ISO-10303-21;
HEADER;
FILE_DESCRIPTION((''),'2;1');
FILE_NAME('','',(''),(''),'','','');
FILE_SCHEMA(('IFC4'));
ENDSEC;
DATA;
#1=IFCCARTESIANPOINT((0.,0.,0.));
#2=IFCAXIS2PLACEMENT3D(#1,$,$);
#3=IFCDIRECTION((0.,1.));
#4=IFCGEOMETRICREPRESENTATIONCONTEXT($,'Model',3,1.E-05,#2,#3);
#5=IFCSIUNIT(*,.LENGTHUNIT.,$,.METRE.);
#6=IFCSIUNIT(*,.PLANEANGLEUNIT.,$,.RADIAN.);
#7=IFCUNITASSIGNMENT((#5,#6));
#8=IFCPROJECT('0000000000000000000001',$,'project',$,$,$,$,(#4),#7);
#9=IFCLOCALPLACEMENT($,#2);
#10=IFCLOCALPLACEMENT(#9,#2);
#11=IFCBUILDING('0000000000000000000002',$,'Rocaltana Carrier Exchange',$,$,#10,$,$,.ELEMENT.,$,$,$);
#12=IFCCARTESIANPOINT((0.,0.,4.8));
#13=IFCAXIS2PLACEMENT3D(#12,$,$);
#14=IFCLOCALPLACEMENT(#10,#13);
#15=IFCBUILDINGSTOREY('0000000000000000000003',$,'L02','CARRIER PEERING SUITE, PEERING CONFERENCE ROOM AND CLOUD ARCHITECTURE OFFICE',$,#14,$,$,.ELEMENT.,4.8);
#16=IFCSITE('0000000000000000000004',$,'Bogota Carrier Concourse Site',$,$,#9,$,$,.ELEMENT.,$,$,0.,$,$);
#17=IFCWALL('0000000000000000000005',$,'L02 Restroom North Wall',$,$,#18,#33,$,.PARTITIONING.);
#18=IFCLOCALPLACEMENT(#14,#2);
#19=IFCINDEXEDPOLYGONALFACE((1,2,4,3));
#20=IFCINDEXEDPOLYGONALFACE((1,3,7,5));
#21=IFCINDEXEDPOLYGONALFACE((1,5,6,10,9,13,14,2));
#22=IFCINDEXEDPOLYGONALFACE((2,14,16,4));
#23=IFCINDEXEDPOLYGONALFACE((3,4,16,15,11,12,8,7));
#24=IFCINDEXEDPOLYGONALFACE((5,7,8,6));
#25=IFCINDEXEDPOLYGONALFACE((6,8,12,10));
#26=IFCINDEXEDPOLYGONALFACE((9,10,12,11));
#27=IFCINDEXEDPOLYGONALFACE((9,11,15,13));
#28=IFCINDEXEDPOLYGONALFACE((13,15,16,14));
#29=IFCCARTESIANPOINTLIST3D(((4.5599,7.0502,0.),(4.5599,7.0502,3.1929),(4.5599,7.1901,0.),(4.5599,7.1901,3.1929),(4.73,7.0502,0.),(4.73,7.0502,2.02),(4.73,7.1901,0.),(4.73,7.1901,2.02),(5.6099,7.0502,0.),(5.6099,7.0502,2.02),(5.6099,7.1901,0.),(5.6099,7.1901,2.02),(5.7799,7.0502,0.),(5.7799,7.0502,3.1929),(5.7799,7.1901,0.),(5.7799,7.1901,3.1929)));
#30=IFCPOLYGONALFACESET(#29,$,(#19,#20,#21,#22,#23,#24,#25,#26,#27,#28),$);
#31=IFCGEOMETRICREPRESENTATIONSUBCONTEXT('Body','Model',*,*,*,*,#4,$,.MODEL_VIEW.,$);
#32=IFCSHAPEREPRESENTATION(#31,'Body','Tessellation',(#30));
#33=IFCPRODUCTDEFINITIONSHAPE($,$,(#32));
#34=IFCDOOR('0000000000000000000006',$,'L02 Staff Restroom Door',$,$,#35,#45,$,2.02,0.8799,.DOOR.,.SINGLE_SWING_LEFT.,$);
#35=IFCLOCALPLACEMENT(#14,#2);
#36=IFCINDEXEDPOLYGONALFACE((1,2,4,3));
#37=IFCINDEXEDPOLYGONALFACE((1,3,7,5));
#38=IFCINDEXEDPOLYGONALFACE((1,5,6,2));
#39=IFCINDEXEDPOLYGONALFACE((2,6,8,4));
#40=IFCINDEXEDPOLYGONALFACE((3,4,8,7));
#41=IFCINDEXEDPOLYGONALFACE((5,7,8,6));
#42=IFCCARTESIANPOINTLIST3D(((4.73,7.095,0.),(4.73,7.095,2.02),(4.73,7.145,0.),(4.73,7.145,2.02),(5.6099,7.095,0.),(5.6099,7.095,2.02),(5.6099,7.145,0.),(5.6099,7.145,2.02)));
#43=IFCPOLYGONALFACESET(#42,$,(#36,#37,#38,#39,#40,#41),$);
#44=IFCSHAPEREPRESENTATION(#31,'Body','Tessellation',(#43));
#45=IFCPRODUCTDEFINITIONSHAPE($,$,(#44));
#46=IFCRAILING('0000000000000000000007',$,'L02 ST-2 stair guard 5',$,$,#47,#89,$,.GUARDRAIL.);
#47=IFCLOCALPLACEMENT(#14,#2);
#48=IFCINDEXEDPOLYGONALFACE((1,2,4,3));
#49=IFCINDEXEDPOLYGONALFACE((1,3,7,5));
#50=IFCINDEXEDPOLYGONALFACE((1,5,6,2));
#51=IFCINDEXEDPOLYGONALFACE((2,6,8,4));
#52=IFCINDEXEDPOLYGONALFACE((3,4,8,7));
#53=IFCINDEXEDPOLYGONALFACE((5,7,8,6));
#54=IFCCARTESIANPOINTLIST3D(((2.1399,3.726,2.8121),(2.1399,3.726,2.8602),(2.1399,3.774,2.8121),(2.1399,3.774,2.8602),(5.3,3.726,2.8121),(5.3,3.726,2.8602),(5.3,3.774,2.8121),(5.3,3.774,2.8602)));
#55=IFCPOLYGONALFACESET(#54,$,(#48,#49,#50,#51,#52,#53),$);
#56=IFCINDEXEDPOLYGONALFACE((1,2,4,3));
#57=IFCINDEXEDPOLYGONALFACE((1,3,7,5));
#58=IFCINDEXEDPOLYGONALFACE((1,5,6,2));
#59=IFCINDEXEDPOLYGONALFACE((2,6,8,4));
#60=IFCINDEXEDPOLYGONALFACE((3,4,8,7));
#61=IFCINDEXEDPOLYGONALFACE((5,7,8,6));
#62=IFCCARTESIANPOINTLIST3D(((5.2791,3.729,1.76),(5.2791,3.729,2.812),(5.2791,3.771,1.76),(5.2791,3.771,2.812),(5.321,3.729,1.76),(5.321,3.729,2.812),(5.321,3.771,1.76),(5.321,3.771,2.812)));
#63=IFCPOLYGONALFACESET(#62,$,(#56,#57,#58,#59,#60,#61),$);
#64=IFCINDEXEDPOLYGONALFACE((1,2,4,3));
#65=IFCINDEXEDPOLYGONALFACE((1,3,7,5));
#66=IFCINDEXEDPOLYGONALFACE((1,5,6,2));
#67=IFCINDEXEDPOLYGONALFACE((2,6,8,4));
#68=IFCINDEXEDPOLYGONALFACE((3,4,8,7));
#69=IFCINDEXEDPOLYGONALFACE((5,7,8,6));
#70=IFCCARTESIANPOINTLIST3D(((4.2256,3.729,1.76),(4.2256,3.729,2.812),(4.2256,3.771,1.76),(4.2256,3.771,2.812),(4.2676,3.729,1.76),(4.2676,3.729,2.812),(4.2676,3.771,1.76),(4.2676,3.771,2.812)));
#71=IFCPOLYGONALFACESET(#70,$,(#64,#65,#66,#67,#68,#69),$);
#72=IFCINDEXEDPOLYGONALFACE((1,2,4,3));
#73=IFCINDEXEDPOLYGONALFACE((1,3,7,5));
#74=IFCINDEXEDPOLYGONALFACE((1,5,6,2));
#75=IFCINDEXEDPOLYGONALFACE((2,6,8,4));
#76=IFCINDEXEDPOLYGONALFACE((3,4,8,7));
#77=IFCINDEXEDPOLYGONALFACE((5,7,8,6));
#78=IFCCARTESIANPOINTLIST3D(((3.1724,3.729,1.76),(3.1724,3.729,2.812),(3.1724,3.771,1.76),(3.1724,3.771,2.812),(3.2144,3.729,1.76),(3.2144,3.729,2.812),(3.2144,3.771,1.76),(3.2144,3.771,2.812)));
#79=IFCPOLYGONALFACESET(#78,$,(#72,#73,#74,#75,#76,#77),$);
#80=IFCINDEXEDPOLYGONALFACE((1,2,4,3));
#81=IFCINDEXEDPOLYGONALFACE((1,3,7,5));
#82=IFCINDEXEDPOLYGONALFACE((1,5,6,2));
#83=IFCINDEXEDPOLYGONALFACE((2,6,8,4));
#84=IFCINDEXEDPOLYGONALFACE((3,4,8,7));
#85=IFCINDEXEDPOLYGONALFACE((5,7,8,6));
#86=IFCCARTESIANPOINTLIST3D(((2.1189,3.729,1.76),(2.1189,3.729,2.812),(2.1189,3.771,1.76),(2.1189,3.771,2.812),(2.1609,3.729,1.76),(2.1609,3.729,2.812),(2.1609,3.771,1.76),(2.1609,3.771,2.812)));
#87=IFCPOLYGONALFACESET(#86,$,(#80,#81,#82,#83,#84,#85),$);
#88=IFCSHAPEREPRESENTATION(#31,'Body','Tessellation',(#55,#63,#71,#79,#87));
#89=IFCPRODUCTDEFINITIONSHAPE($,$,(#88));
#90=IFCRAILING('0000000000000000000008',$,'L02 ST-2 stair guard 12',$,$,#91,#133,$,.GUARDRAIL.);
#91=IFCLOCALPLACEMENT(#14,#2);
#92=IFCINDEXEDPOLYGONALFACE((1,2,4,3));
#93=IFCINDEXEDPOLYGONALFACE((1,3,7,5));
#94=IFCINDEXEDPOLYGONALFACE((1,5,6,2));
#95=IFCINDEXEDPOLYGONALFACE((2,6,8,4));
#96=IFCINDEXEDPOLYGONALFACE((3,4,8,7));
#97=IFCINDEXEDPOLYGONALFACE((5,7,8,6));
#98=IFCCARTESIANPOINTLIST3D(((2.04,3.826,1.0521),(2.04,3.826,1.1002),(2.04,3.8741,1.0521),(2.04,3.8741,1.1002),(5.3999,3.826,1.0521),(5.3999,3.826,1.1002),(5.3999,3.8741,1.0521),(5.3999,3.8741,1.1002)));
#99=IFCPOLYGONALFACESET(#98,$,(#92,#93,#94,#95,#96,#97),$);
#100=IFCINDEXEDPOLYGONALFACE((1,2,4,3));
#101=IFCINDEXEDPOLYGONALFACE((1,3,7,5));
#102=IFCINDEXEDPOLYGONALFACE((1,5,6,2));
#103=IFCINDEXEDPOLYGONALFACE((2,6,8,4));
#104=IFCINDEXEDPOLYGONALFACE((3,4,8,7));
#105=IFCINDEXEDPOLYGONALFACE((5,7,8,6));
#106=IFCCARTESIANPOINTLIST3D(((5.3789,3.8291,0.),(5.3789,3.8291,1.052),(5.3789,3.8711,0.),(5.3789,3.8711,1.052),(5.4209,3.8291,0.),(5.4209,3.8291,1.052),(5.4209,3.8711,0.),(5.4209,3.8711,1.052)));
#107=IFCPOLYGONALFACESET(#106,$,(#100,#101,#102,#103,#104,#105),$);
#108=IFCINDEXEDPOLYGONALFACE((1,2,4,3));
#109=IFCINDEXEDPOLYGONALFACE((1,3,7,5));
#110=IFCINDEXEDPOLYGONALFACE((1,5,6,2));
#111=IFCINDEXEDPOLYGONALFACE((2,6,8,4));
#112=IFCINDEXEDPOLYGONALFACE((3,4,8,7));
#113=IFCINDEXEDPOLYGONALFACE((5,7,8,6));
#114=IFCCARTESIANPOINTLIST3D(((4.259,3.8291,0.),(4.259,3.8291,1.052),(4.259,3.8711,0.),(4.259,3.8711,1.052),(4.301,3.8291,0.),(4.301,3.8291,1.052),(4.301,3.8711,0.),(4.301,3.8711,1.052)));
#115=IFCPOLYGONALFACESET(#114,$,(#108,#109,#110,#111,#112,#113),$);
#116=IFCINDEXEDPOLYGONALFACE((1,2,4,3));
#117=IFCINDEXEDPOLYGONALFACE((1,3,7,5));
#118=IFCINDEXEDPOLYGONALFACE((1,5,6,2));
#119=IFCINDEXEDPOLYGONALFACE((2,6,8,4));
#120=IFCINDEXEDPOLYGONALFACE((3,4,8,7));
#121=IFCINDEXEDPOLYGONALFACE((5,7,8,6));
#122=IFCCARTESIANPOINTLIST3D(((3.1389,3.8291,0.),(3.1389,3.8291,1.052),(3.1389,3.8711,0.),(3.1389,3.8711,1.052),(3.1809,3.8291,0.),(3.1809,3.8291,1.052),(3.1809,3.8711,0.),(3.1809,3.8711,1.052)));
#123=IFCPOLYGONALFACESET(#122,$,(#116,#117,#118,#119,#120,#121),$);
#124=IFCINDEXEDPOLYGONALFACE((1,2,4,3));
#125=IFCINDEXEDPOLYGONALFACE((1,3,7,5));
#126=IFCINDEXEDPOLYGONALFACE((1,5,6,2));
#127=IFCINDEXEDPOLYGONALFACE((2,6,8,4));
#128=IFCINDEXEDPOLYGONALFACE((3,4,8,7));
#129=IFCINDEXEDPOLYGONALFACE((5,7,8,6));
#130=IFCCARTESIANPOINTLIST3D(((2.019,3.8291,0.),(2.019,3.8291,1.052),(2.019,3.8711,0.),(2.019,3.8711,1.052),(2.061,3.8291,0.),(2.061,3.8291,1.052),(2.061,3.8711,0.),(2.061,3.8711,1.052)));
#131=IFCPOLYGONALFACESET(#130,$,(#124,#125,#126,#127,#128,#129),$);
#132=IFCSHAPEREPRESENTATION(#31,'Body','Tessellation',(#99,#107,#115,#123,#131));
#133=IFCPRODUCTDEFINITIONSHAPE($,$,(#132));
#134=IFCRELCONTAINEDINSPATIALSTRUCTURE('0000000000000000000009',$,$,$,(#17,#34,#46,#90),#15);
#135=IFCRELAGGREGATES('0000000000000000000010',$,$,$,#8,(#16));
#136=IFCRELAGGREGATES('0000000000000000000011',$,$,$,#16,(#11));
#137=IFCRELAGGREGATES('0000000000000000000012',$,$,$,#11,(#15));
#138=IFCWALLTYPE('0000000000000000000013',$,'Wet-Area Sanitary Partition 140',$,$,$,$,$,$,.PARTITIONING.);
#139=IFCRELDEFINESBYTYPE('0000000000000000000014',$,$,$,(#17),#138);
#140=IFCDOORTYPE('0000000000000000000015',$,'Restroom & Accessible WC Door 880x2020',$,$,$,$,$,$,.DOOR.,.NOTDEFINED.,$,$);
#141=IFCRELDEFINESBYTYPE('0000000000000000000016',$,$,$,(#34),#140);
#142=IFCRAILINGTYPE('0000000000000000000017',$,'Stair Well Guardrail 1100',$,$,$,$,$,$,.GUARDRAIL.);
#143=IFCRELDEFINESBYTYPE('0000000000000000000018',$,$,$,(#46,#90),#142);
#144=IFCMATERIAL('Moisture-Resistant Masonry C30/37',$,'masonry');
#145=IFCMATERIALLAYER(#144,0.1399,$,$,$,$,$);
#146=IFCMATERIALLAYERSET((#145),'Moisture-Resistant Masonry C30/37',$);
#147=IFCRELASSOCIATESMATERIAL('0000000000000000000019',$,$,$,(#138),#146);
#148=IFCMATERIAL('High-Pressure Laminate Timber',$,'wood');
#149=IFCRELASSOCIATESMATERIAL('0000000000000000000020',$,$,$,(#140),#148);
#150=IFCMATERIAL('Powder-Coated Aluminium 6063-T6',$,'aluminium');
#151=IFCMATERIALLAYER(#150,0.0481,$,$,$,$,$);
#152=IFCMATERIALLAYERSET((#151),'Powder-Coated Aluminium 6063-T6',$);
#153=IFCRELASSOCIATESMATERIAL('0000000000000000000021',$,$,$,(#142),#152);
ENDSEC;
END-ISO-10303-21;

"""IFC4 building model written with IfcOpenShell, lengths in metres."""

from ifc_helpers import new_model, si_unit, direction, frame, frame_2d, origin, origin_2d, place, context, subcontext, project, spatial, rectangle, extrude, material, layer, layer_set, type_object, element, fill, save


model = new_model("IFC4")

# Units and contexts
model_context = context("Model", 3, precision=1e-05, world=origin(), true_north=direction((0.0, 1.0)))
body_context = subcontext(model_context, "Body", "Model", "MODEL_VIEW")
ifc_project = project(units=[si_unit("LENGTHUNIT", "METRE"), si_unit("PLANEANGLEUNIT", "RADIAN")], contexts=[model_context])

# Site, building, storey
site_placement = place(None, origin())
site = spatial("IfcSite", under=ifc_project, at=site_placement, Name="Bogota Carrier Concourse Site", CompositionType="ELEMENT", RefElevation=0.0)
building_placement = place(site_placement, origin())
building = spatial("IfcBuilding", under=site, at=building_placement, Name="Rocaltana Carrier Exchange", CompositionType="ELEMENT")
storey_placement = place(building_placement, frame((0.0, 0.0, 4.8)))
storey = spatial("IfcBuildingStorey", under=building, at=storey_placement, Name="L02", Description="CARRIER PEERING SUITE, PEERING CONFERENCE ROOM AND CLOUD ARCHITECTURE OFFICE", CompositionType="ELEMENT", Elevation=4.8)

# Wall, opening, door
ifc_material_1 = material(Name="Moisture-Resistant Masonry C30/37", Category="masonry")
ifc_layer_1 = layer(ifc_material_1, 0.1399)
ifc_layer_set_1 = layer_set([ifc_layer_1], Name="Moisture-Resistant Masonry C30/37")
wall_type_1 = type_object("IfcWallType", Name="Wet-Area Sanitary Partition 140", PredefinedType="PARTITIONING", material=ifc_layer_set_1)
wall_1_placement = place(storey_placement, frame((4.5601, 7.1201, 0.0), z_axis=(0.0, 0.0, 1.0), x_axis=(1.0, 0.0, 0.0)))
wall_1 = element("IfcWall", 1, at=wall_1_placement, inside=storey, type_object=wall_type_1, Name="L02 Restroom North Wall", PredefinedType="PARTITIONING", context=body_context, shape_type="SweptSolid", body=[
    extrude(rectangle(XDim=1.22, YDim=0.1399, at=frame_2d((0.6099, 0.0))), origin(), (0.0, 0.0, 1.0), 3.1929),
])
opening_1_placement = place(wall_1_placement, frame((0.1699, 0.0, 0.0)))
opening_1 = element("IfcOpeningElement", 2, at=opening_1_placement, cuts=wall_1, PredefinedType="OPENING", context=body_context, shape_type="SweptSolid", body=[
    extrude(rectangle(XDim=0.8799, YDim=2.02, at=frame_2d((0.4399, 1.01))), frame((0.0, 0.0798, 0.0), z_axis=(0.0, -1.0, 0.0), x_axis=(1.0, 0.0, 0.0)), (0.0, 0.0, 1.0), 0.1599),
])
ifc_material_2 = material(Name="High-Pressure Laminate Timber", Category="wood")
door_type_1 = type_object("IfcDoorType", Name="Restroom & Accessible WC Door 880x2020", OperationType="NOTDEFINED", PredefinedType="DOOR", material=ifc_material_2)
door_1_placement = place(opening_1_placement, origin())
door_1 = element("IfcDoor", 3, at=door_1_placement, inside=storey, type_object=door_type_1, Name="L02 Staff Restroom Door", OperationType="SINGLE_SWING_LEFT", OverallHeight=2.02, OverallWidth=0.8799, PredefinedType="DOOR", context=body_context, shape_type="SweptSolid", body=[
    extrude(rectangle(XDim=0.8799, YDim=2.02, at=frame_2d((0.4399, 1.01))), frame((0.0, 0.0249, 0.0), z_axis=(0.0, -1.0, 0.0), x_axis=(1.0, 0.0, 0.0)), (0.0, 0.0, 1.0), 0.05),
])
fill(opening_1, door_1)

# Railings
ifc_material_3 = material(Name="Powder-Coated Aluminium 6063-T6", Category="aluminium")
ifc_layer_2 = layer(ifc_material_3, 0.0481)
ifc_layer_set_2 = layer_set([ifc_layer_2], Name="Powder-Coated Aluminium 6063-T6")
railing_type = type_object("IfcRailingType", Name="Stair Well Guardrail 1100", PredefinedType="GUARDRAIL", material=ifc_layer_set_2)
railing_1_placement = place(storey_placement, frame((5.3, 3.75, 1.76)))
element("IfcRailing", 4, at=railing_1_placement, inside=storey, type_object=railing_type, Name="L02 ST-2 stair guard 5", PredefinedType="GUARDRAIL", context=body_context, shape_type="SweptSolid", body=[
    extrude(rectangle(XDim=0.0481, YDim=0.0481, at=origin_2d()), frame((0.0, 0.0, 1.0762), z_axis=(-1.0, 0.0, 0.0), x_axis=(0.0, -1.0, 0.0)), (0.0, 0.0, 1.0), 3.1602),
    extrude(rectangle(XDim=0.042, YDim=0.042, at=origin_2d()), origin(), (0.0, 0.0, 1.0), 1.052),
    extrude(rectangle(XDim=0.042, YDim=0.042, at=origin_2d()), frame((-1.0535, 0.0, 0.0)), (0.0, 0.0, 1.0), 1.052),
    extrude(rectangle(XDim=0.042, YDim=0.042, at=origin_2d()), frame((-2.1067, 0.0, 0.0)), (0.0, 0.0, 1.0), 1.052),
    extrude(rectangle(XDim=0.042, YDim=0.042, at=origin_2d()), frame((-3.1602, 0.0, 0.0)), (0.0, 0.0, 1.0), 1.052),
])
railing_2_placement = place(storey_placement, frame((5.3999, 3.8501, 0.0)))
element("IfcRailing", 5, at=railing_2_placement, inside=storey, type_object=railing_type, Name="L02 ST-2 stair guard 12", PredefinedType="GUARDRAIL", context=body_context, shape_type="SweptSolid", body=[
    extrude(rectangle(XDim=0.0481, YDim=0.0481, at=origin_2d()), frame((0.0, 0.0, 1.0762), z_axis=(-1.0, 0.0, 0.0), x_axis=(0.0, -1.0, 0.0)), (0.0, 0.0, 1.0), 3.3599),
    extrude(rectangle(XDim=0.042, YDim=0.042, at=origin_2d()), origin(), (0.0, 0.0, 1.0), 1.052),
    extrude(rectangle(XDim=0.042, YDim=0.042, at=origin_2d()), frame((-1.1199, 0.0, 0.0)), (0.0, 0.0, 1.0), 1.052),
    extrude(rectangle(XDim=0.042, YDim=0.042, at=origin_2d()), frame((-2.24, 0.0, 0.0)), (0.0, 0.0, 1.0), 1.052),
    extrude(rectangle(XDim=0.042, YDim=0.042, at=origin_2d()), frame((-3.3599, 0.0, 0.0)), (0.0, 0.0, 1.0), 1.052),
])

save(model, "model.ifc")
